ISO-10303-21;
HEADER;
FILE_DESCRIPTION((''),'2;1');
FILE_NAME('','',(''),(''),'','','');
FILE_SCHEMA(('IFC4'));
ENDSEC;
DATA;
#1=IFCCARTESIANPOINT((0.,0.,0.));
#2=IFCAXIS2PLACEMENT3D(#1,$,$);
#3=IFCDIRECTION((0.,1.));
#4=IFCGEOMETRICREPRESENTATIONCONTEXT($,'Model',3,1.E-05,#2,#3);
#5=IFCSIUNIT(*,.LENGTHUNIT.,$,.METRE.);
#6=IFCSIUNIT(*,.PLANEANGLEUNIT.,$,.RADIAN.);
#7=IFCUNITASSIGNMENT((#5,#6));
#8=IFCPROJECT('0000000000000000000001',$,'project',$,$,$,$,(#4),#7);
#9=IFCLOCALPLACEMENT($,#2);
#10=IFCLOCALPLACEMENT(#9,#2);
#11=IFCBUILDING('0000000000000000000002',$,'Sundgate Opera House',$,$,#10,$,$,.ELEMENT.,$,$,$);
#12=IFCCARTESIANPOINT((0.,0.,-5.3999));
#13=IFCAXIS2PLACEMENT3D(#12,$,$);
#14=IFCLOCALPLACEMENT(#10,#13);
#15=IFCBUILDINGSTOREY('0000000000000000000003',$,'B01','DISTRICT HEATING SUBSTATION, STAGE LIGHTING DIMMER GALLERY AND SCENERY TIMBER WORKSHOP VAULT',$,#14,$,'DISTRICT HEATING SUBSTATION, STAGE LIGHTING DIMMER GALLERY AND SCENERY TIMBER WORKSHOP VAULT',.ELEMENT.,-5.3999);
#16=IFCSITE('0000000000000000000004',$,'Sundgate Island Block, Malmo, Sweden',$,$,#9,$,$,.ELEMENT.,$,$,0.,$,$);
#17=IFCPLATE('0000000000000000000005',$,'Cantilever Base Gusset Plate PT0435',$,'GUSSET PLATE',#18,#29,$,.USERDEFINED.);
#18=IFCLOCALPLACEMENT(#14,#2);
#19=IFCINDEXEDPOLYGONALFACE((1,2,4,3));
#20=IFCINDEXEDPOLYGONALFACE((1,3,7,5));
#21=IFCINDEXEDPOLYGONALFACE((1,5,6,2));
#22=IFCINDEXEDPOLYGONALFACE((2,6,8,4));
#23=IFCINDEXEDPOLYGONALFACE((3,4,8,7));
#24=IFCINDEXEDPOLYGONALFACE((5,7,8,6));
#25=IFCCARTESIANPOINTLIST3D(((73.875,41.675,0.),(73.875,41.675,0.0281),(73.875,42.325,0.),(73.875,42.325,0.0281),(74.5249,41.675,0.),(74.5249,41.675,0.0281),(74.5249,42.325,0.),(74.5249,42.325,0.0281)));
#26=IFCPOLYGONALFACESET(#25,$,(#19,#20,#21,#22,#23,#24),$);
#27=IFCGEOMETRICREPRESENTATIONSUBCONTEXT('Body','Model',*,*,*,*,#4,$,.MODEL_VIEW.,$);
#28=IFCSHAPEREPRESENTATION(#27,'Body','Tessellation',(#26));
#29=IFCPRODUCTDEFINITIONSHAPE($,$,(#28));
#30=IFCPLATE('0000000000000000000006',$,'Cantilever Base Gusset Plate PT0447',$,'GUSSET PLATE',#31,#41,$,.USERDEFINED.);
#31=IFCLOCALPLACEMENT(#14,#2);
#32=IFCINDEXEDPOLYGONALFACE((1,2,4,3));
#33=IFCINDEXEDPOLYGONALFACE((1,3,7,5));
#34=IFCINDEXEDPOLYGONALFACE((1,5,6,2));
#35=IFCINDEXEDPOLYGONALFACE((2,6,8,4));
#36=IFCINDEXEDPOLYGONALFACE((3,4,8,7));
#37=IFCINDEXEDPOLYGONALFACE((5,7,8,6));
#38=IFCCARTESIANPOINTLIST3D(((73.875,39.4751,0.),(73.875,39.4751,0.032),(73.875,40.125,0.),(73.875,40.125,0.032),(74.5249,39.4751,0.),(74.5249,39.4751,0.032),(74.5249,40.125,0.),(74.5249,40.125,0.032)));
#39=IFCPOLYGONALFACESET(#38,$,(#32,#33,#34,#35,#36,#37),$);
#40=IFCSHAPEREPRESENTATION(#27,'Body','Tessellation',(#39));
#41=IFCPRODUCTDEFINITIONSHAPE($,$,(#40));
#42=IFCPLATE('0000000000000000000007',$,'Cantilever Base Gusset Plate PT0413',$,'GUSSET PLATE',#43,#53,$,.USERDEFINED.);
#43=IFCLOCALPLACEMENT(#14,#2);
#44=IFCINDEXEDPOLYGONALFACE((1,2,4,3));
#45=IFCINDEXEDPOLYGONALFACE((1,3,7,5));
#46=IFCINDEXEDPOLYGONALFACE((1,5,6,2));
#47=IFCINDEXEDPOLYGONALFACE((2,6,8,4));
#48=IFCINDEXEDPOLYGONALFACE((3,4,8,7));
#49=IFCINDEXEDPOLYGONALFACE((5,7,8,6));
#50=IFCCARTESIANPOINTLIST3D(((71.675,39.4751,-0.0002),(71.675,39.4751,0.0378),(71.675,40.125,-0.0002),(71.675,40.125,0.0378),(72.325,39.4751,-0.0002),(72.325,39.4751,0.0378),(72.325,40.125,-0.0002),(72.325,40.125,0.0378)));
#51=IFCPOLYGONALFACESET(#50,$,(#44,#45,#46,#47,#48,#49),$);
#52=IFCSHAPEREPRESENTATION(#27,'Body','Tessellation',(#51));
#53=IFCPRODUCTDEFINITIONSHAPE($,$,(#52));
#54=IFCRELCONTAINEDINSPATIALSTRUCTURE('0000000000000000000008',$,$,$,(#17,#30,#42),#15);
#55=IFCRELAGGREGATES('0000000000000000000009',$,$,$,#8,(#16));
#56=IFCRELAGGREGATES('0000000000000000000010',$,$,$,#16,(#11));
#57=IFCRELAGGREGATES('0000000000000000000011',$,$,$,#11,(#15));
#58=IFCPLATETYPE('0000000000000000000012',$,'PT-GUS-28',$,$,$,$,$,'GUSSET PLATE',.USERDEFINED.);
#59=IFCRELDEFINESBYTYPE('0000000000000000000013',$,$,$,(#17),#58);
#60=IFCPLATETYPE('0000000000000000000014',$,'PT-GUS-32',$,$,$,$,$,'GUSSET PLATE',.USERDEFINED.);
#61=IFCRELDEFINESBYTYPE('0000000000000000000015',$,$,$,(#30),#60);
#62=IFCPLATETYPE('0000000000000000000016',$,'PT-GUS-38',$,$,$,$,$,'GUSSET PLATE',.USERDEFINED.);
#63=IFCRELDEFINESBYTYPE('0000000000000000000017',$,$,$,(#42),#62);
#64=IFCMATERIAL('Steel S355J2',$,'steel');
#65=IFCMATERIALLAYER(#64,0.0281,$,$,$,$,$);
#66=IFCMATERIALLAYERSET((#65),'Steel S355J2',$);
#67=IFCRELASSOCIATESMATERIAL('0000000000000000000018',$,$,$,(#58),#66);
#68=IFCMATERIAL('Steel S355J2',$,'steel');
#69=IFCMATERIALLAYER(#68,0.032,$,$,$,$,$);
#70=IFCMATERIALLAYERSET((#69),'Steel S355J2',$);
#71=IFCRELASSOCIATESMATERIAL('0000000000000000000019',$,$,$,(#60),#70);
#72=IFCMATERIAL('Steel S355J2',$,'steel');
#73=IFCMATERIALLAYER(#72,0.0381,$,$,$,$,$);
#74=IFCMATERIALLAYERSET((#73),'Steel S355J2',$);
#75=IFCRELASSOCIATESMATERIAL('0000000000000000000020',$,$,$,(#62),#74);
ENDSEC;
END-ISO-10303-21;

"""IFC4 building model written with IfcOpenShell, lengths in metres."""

from ifc_helpers import new_model, si_unit, direction, frame, origin, origin_2d, place, context, subcontext, project, spatial, rectangle, extrude, material, layer, layer_set, type_object, element, save


model = new_model("IFC4")

# Units and contexts
model_context = context("Model", 3, precision=1e-05, world=origin(), true_north=direction((0.0, 1.0)))
body_context = subcontext(model_context, "Body", "Model", "MODEL_VIEW")
ifc_project = project(units=[si_unit("LENGTHUNIT", "METRE"), si_unit("PLANEANGLEUNIT", "RADIAN")], contexts=[model_context])

# Site, building, storey
site_placement = place(None, origin())
site = spatial("IfcSite", under=ifc_project, at=site_placement, Name="Sundgate Island Block, Malmo, Sweden", CompositionType="ELEMENT", RefElevation=0.0)
building_placement = place(site_placement, origin())
building = spatial("IfcBuilding", under=site, at=building_placement, Name="Sundgate Opera House", CompositionType="ELEMENT")
storey_placement = place(building_placement, frame((0.0, 0.0, -5.3999)))
storey = spatial("IfcBuildingStorey", under=building, at=storey_placement, Name="B01", Description="DISTRICT HEATING SUBSTATION, STAGE LIGHTING DIMMER GALLERY AND SCENERY TIMBER WORKSHOP VAULT", LongName="DISTRICT HEATING SUBSTATION, STAGE LIGHTING DIMMER GALLERY AND SCENERY TIMBER WORKSHOP VAULT", CompositionType="ELEMENT", Elevation=-5.3999)

# Plates
ifc_material_1 = material(Name="Steel S355J2", Category="steel")
ifc_layer_1 = layer(ifc_material_1, 0.0281)
ifc_layer_set_1 = layer_set([ifc_layer_1], Name="Steel S355J2")
plate_type_1 = type_object("IfcPlateType", Name="PT-GUS-28", ElementType="GUSSET PLATE", PredefinedType="USERDEFINED", material=ifc_layer_set_1)
plate_1_placement = place(storey_placement, frame((74.2, 42.0, 0.0), z_axis=(0.0, 0.0, 1.0), x_axis=(1.0, 0.0, 0.0)))
element("IfcPlate", 1, at=plate_1_placement, inside=storey, type_object=plate_type_1, Name="Cantilever Base Gusset Plate PT0435", ObjectType="GUSSET PLATE", PredefinedType="USERDEFINED", context=body_context, shape_type="SweptSolid", body=[
    extrude(rectangle(XDim=0.6499, YDim=0.6499, at=origin_2d()), origin(), (0.0, 0.0, 1.0), 0.0281),
])
ifc_material_2 = material(Name="Steel S355J2", Category="steel")
ifc_layer_2 = layer(ifc_material_2, 0.032)
ifc_layer_set_2 = layer_set([ifc_layer_2], Name="Steel S355J2")
plate_type_2 = type_object("IfcPlateType", Name="PT-GUS-32", ElementType="GUSSET PLATE", PredefinedType="USERDEFINED", material=ifc_layer_set_2)
plate_2_placement = place(storey_placement, frame((74.2, 39.8, 0.0), z_axis=(0.0, 0.0, 1.0), x_axis=(1.0, 0.0, 0.0)))
element("IfcPlate", 2, at=plate_2_placement, inside=storey, type_object=plate_type_2, Name="Cantilever Base Gusset Plate PT0447", ObjectType="GUSSET PLATE", PredefinedType="USERDEFINED", context=body_context, shape_type="SweptSolid", body=[
    extrude(rectangle(XDim=0.6499, YDim=0.6499, at=origin_2d()), origin(), (0.0, 0.0, 1.0), 0.032),
])
ifc_material_3 = material(Name="Steel S355J2", Category="steel")
ifc_layer_3 = layer(ifc_material_3, 0.0381)
ifc_layer_set_3 = layer_set([ifc_layer_3], Name="Steel S355J2")
plate_type_3 = type_object("IfcPlateType", Name="PT-GUS-38", ElementType="GUSSET PLATE", PredefinedType="USERDEFINED", material=ifc_layer_set_3)
plate_3_placement = place(storey_placement, frame((72.0, 39.8, -0.0002), z_axis=(0.0, 0.0, 1.0), x_axis=(1.0, 0.0, 0.0)))
element("IfcPlate", 3, at=plate_3_placement, inside=storey, type_object=plate_type_3, Name="Cantilever Base Gusset Plate PT0413", ObjectType="GUSSET PLATE", PredefinedType="USERDEFINED", context=body_context, shape_type="SweptSolid", body=[
    extrude(rectangle(XDim=0.6499, YDim=0.6499, at=origin_2d()), origin(), (0.0, 0.0, 1.0), 0.0381),
])

save(model, "model.ifc")
